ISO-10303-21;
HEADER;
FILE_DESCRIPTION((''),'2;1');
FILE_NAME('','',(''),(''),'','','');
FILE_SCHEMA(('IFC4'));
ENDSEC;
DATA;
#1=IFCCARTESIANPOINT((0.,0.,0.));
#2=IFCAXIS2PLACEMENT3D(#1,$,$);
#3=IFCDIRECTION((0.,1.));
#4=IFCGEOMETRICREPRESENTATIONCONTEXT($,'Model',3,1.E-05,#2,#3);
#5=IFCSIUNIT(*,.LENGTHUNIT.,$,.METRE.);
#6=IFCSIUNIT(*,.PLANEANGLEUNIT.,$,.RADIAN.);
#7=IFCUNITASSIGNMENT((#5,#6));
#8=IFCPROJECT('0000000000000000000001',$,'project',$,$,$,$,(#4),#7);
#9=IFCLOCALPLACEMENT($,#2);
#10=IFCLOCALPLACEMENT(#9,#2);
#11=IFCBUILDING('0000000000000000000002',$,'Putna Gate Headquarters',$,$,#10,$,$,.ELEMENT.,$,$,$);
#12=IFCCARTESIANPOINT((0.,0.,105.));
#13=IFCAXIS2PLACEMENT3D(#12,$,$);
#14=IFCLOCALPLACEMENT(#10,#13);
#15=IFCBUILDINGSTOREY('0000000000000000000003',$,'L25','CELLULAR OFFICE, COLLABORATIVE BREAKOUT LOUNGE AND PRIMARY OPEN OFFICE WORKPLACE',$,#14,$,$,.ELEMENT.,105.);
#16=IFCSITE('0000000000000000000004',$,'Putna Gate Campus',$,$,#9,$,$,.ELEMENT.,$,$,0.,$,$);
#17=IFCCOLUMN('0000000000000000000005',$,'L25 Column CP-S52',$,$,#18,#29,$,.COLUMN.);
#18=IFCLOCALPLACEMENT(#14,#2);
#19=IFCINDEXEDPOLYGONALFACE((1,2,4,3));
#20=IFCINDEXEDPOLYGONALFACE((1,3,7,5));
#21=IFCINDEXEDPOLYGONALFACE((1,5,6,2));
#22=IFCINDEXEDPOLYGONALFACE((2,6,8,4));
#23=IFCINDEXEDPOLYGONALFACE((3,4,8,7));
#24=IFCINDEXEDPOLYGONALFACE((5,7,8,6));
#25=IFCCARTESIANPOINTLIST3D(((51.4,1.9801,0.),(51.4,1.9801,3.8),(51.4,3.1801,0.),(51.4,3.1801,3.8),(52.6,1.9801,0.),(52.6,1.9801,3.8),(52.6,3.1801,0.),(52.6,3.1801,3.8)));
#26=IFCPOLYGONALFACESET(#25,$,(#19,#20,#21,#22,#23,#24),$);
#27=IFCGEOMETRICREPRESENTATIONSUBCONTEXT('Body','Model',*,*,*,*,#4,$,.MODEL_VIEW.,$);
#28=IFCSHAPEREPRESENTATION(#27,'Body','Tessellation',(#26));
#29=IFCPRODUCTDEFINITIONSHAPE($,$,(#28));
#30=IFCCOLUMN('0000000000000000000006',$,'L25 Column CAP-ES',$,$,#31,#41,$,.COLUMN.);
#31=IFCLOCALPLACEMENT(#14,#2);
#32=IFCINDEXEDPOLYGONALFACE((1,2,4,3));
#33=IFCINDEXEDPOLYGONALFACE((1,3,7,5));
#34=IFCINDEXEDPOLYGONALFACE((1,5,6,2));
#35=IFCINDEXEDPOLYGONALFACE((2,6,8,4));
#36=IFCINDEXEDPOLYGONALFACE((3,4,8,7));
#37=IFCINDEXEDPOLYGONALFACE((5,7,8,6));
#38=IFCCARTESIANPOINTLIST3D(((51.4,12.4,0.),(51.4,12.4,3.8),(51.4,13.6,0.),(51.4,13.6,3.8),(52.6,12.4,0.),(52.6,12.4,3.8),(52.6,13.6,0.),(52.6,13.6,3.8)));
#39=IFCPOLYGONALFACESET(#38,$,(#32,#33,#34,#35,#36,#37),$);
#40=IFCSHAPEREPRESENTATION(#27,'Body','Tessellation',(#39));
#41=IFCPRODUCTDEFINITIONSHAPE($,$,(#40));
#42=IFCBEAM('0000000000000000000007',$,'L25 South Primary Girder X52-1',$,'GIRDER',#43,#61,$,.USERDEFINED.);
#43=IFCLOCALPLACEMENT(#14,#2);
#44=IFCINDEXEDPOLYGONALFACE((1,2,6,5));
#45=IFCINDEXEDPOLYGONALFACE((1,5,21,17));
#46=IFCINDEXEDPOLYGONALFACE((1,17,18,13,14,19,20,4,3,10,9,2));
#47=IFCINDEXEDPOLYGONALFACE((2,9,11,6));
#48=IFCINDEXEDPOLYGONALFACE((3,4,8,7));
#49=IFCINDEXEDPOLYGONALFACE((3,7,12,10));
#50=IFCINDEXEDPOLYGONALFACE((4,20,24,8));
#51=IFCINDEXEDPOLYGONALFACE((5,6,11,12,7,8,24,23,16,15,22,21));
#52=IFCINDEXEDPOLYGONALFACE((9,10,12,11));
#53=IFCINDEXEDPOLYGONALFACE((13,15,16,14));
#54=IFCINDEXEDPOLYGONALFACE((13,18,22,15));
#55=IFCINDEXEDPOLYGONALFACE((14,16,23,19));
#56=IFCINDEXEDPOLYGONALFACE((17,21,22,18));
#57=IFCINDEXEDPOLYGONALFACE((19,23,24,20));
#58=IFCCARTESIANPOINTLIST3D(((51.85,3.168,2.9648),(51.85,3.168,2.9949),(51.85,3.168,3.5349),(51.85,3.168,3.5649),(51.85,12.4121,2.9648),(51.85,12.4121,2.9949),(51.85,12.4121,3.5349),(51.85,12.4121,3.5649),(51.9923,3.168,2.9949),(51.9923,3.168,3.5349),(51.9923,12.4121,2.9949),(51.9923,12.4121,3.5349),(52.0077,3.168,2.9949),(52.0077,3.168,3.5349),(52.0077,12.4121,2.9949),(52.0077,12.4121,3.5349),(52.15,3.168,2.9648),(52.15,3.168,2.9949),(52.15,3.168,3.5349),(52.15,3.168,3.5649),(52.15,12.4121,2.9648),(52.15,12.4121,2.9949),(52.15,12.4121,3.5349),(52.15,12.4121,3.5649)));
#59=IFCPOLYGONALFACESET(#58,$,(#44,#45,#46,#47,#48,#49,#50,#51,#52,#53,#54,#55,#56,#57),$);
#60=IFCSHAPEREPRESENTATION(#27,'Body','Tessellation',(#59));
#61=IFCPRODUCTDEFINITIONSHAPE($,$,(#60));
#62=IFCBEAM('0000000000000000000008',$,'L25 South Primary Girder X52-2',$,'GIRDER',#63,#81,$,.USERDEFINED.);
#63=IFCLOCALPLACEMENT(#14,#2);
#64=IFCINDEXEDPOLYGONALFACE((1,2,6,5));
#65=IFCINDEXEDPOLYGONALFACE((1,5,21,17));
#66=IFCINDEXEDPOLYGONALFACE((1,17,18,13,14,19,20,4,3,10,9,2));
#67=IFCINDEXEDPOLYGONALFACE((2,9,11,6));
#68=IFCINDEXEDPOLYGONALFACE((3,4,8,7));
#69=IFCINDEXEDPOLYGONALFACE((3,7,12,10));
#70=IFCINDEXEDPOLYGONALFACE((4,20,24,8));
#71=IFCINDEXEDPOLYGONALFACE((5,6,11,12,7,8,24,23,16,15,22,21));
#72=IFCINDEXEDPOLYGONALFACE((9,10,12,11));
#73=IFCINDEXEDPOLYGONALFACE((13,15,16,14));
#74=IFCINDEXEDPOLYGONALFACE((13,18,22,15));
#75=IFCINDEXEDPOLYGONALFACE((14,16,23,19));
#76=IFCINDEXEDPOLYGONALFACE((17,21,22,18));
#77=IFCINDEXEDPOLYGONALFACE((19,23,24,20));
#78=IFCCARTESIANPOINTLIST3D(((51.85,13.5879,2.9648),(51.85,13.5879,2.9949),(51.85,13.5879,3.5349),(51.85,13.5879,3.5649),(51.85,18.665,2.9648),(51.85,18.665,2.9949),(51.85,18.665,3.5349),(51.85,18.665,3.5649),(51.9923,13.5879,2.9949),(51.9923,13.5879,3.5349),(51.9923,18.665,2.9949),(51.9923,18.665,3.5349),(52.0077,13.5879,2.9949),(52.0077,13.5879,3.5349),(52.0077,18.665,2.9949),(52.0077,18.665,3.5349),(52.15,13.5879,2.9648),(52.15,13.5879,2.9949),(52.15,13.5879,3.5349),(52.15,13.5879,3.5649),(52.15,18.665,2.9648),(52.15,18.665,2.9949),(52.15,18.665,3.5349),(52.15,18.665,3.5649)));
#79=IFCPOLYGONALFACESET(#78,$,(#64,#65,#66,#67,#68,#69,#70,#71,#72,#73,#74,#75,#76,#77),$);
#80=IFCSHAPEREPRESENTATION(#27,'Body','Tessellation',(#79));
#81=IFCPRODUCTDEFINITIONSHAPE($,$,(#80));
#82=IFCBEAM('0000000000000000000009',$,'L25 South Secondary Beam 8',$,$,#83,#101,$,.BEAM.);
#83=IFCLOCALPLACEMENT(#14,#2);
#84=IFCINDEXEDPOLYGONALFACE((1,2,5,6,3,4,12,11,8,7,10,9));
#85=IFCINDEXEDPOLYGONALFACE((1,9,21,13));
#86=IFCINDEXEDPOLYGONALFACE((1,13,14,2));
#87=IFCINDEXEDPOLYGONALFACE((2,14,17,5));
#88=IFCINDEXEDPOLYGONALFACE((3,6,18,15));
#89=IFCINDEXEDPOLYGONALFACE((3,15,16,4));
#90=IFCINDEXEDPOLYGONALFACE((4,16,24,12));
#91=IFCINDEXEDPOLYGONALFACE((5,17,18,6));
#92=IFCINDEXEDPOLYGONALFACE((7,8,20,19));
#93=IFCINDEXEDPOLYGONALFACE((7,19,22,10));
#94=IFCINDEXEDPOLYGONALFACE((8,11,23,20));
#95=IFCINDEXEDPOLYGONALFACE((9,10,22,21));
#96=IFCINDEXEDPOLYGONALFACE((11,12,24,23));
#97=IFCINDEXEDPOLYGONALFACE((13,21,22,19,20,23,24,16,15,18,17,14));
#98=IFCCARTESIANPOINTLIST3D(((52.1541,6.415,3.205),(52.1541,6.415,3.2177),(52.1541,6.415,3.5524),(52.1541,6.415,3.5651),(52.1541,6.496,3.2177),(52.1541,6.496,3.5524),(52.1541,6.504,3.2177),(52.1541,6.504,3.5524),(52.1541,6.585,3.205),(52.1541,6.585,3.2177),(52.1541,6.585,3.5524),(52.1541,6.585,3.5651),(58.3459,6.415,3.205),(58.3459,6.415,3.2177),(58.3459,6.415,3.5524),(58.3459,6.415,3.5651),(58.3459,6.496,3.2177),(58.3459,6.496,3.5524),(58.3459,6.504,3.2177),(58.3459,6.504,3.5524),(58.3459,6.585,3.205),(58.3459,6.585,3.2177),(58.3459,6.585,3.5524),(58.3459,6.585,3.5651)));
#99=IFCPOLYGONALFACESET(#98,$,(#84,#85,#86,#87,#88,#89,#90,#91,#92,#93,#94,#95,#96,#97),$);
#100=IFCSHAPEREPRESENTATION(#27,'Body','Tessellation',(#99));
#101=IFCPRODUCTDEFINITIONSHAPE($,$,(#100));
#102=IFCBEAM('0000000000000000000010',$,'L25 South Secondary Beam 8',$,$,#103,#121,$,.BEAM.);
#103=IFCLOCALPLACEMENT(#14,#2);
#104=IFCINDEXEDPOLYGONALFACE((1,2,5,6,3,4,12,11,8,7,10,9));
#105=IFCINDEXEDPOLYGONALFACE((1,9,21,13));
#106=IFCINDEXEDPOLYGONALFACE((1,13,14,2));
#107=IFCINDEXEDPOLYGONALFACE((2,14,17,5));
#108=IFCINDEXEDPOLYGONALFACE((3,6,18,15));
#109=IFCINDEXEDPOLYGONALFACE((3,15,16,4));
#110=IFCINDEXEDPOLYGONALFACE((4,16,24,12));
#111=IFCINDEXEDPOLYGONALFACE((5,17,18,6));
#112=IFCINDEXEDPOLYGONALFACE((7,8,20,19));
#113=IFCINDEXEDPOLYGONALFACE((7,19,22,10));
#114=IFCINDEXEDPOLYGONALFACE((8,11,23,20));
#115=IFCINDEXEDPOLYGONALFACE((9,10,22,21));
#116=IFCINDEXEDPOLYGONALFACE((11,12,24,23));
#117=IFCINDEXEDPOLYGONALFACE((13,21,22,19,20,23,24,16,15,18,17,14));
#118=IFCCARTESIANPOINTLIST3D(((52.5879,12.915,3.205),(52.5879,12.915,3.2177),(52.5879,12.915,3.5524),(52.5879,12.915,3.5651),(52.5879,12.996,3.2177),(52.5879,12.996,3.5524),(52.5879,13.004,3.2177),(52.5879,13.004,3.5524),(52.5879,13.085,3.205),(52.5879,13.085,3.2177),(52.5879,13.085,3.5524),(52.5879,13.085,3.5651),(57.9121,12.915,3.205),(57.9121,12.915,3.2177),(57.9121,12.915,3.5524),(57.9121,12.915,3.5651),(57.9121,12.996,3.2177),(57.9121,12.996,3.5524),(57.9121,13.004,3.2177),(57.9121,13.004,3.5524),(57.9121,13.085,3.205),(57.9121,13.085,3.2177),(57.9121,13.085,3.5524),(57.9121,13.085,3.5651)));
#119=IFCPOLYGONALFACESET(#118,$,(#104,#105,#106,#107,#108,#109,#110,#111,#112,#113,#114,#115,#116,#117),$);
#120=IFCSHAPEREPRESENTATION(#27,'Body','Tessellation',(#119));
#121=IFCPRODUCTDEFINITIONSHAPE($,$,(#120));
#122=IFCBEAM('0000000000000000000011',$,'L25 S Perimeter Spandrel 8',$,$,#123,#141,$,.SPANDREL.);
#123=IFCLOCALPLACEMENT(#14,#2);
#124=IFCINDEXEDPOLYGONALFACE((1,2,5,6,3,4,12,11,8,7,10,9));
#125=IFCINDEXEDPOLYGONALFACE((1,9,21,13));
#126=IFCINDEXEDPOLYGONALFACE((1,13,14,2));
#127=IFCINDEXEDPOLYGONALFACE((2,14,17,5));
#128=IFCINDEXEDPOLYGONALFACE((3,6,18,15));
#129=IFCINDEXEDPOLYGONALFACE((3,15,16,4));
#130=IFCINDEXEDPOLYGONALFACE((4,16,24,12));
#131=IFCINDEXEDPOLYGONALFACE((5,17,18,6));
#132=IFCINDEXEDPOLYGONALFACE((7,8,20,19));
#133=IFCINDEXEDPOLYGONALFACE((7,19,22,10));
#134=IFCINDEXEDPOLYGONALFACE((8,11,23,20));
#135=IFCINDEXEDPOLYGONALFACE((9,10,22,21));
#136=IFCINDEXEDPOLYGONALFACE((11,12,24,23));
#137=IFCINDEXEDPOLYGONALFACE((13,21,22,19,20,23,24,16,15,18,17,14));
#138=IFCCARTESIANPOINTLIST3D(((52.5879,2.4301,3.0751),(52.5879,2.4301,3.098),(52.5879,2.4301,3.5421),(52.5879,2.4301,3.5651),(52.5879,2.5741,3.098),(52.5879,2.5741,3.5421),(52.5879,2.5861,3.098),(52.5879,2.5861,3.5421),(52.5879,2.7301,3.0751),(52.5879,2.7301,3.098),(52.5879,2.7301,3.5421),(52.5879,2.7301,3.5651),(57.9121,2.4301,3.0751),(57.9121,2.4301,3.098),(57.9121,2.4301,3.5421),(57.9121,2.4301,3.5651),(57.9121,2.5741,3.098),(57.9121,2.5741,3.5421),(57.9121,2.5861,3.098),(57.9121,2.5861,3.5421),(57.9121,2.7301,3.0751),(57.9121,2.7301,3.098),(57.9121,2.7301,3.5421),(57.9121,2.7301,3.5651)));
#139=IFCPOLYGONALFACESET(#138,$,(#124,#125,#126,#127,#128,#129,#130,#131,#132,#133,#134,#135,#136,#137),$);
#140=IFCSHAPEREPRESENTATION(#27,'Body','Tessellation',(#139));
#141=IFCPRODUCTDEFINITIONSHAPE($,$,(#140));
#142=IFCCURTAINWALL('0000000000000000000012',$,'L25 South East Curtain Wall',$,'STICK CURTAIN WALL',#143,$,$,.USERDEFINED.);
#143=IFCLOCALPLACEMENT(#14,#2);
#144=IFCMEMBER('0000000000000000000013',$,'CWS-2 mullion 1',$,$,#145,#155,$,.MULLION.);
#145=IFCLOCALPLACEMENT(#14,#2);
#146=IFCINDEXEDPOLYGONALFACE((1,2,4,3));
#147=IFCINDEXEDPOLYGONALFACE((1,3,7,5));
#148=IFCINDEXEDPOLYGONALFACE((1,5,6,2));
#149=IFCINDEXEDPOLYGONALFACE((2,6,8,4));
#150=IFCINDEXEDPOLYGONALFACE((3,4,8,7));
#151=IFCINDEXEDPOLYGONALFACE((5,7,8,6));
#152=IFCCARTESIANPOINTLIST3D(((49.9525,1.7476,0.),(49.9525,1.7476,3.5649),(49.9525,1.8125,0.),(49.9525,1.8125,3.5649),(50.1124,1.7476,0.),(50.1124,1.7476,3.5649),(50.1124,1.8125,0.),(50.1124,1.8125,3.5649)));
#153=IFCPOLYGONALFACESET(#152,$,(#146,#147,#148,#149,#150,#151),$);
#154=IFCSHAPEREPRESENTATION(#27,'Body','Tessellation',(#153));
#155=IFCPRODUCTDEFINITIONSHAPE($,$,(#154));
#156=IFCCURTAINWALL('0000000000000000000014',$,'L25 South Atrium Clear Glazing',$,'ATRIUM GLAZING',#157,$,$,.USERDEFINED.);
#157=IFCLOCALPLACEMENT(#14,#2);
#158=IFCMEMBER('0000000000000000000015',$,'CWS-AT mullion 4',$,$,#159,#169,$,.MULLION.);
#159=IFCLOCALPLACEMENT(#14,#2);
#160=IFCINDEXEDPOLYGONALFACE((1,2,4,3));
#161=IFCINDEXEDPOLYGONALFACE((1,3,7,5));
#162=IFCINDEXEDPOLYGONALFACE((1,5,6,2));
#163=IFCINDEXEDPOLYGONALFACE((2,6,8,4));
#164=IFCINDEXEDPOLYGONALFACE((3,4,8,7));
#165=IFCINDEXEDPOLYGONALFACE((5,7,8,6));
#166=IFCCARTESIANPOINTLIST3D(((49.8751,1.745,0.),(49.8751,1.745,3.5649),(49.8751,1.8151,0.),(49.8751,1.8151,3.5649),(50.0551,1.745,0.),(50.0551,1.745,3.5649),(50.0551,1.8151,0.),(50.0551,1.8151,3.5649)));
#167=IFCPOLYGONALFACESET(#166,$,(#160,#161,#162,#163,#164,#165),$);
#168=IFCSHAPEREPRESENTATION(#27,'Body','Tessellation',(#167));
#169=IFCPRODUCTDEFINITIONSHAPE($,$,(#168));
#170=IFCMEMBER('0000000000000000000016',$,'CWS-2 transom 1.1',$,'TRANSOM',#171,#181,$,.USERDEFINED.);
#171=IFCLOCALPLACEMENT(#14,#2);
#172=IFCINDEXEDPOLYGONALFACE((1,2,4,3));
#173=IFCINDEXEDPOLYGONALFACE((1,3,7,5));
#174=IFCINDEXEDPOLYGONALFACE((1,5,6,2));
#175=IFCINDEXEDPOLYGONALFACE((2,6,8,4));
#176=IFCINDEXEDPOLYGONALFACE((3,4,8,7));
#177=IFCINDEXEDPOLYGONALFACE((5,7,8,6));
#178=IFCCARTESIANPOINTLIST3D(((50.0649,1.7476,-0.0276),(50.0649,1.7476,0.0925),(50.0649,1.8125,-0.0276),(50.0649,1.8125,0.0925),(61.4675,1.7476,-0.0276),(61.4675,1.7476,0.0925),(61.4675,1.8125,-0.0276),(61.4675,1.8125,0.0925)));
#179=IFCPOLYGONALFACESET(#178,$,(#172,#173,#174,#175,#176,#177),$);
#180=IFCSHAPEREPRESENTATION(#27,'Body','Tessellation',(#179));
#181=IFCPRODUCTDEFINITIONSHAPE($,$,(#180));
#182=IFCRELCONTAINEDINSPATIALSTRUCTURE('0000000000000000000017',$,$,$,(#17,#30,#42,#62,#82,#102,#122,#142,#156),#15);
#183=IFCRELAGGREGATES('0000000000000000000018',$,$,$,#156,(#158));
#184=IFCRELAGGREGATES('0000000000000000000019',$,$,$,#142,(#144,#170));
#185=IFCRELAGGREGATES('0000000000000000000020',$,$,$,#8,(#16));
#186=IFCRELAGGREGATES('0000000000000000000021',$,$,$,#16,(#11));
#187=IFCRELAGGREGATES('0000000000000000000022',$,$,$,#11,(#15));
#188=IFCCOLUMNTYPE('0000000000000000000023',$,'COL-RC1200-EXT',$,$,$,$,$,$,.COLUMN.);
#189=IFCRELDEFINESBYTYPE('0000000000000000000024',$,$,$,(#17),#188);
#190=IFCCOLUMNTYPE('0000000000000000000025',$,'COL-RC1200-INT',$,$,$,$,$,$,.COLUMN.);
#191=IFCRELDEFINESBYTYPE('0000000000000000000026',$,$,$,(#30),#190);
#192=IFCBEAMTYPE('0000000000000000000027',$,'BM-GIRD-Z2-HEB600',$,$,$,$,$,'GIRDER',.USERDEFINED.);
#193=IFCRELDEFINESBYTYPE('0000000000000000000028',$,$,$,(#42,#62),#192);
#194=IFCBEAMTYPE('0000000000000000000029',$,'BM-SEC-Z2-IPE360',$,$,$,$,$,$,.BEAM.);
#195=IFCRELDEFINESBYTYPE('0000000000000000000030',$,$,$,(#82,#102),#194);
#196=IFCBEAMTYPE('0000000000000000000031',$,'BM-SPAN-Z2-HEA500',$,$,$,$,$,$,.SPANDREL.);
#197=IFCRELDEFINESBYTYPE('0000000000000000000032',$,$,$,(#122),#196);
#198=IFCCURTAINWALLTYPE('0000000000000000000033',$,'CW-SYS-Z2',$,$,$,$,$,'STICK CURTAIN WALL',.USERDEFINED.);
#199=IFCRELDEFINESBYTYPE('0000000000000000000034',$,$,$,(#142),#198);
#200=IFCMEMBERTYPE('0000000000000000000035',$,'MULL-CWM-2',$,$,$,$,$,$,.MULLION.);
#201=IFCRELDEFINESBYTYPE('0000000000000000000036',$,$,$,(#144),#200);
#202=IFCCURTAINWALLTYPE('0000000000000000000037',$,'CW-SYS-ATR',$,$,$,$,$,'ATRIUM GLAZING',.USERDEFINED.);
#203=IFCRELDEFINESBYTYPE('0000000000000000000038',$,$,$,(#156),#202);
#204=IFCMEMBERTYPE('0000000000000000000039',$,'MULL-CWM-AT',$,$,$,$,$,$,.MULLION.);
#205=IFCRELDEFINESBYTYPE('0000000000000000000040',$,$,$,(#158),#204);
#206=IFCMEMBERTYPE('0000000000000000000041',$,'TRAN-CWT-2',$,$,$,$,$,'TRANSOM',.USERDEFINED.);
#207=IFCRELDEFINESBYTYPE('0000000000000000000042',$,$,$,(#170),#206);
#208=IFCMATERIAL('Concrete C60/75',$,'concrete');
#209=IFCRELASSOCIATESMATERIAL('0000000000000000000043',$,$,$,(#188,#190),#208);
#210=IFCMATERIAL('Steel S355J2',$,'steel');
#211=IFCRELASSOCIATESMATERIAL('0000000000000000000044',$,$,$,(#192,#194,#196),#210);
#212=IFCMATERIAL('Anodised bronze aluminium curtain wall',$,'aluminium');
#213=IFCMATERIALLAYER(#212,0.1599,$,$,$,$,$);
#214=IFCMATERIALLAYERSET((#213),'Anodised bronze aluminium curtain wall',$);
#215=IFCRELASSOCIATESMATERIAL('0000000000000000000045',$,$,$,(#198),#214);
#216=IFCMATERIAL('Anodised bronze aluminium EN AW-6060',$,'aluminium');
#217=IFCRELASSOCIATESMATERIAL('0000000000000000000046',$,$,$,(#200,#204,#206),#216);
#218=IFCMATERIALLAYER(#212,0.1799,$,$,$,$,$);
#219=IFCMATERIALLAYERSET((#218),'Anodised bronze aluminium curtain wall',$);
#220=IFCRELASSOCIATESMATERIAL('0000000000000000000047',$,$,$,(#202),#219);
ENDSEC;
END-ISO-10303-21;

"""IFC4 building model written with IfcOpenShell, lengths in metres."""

from ifc_helpers import new_model, si_unit, direction, frame, origin, origin_2d, place, context, subcontext, project, spatial, rectangle, i_section, extrude, material, layer, layer_set, material_profile, profile_set, type_object, element, aggregate, save


model = new_model("IFC4")

# Units and contexts
model_context = context("Model", 3, precision=1e-05, world=origin(), true_north=direction((0.0, 1.0)))
body_context = subcontext(model_context, "Body", "Model", "MODEL_VIEW")
ifc_project = project(units=[si_unit("LENGTHUNIT", "METRE"), si_unit("PLANEANGLEUNIT", "RADIAN")], contexts=[model_context])

# Site, building, storey
site_placement = place(None, origin())
site = spatial("IfcSite", under=ifc_project, at=site_placement, Name="Putna Gate Campus", CompositionType="ELEMENT", RefElevation=0.0)
building_placement = place(site_placement, origin())
building = spatial("IfcBuilding", under=site, at=building_placement, Name="Putna Gate Headquarters", CompositionType="ELEMENT")
storey_placement = place(building_placement, frame((0.0, 0.0, 105.0)))
storey = spatial("IfcBuildingStorey", under=building, at=storey_placement, Name="L25", Description="CELLULAR OFFICE, COLLABORATIVE BREAKOUT LOUNGE AND PRIMARY OPEN OFFICE WORKPLACE", CompositionType="ELEMENT", Elevation=105.0)

# Columns
ifc_material_1 = material(Name="Concrete C60/75", Category="concrete")
ifc_material_profile_1 = material_profile(ifc_material_1, rectangle(XDim=1.2, YDim=1.2, at=origin_2d()), Name="Concrete C60/75")
ifc_profile_set_1 = profile_set([ifc_material_profile_1], Name="Concrete C60/75")
column_type_1 = type_object("IfcColumnType", Name="COL-RC1200-EXT", PredefinedType="COLUMN", material=ifc_profile_set_1)
column_1_placement = place(storey_placement, frame((52.0, 2.5801, 0.0), z_axis=(0.0, 0.0, 1.0), x_axis=(1.0, 0.0, 0.0)))
element("IfcColumn", 1, at=column_1_placement, inside=storey, type_object=column_type_1, Name="L25 Column CP-S52", PredefinedType="COLUMN", context=body_context, shape_type="SweptSolid", body=[
    extrude(rectangle(XDim=1.2, YDim=1.2, at=origin_2d()), origin(), (0.0, 0.0, 1.0), 3.8),
])
ifc_material_profile_2 = material_profile(ifc_material_1, rectangle(XDim=1.2, YDim=1.2, at=origin_2d()), Name="Concrete C60/75")
ifc_profile_set_2 = profile_set([ifc_material_profile_2], Name="Concrete C60/75")
column_type_2 = type_object("IfcColumnType", Name="COL-RC1200-INT", PredefinedType="COLUMN", material=ifc_profile_set_2)
column_2_placement = place(storey_placement, frame((52.0, 13.0, 0.0), z_axis=(0.0, 0.0, 1.0), x_axis=(1.0, 0.0, 0.0)))
element("IfcColumn", 2, at=column_2_placement, inside=storey, type_object=column_type_2, Name="L25 Column CAP-ES", PredefinedType="COLUMN", context=body_context, shape_type="SweptSolid", body=[
    extrude(rectangle(XDim=1.2, YDim=1.2, at=origin_2d()), origin(), (0.0, 0.0, 1.0), 3.8),
])

# Beams
ifc_material_2 = material(Name="Steel S355J2", Category="steel")
ifc_material_profile_3 = material_profile(ifc_material_2, i_section(OverallWidth=0.3, OverallDepth=0.6001, WebThickness=0.0154, FlangeThickness=0.03, at=origin_2d()), Name="Steel S355J2")
ifc_profile_set_3 = profile_set([ifc_material_profile_3], Name="Steel S355J2")
beam_type_1 = type_object("IfcBeamType", Name="BM-GIRD-Z2-HEB600", ElementType="GIRDER", PredefinedType="USERDEFINED", material=ifc_profile_set_3)
beam_1_placement = place(storey_placement, frame((52.0, 3.168, 3.2649), z_axis=(0.0, 1.0, 0.0), x_axis=(-1.0, 0.0, 0.0)))
element("IfcBeam", 3, at=beam_1_placement, inside=storey, type_object=beam_type_1, Name="L25 South Primary Girder X52-1", ObjectType="GIRDER", PredefinedType="USERDEFINED", context=body_context, shape_type="SweptSolid", body=[
    extrude(i_section(OverallWidth=0.3, OverallDepth=0.6001, WebThickness=0.0154, FlangeThickness=0.03, at=origin_2d()), origin(), (0.0, 0.0, 1.0), 9.2441),
])
beam_2_placement = place(storey_placement, frame((52.0, 13.5879, 3.2649), z_axis=(0.0, 1.0, 0.0), x_axis=(-1.0, 0.0, 0.0)))
element("IfcBeam", 4, at=beam_2_placement, inside=storey, type_object=beam_type_1, Name="L25 South Primary Girder X52-2", ObjectType="GIRDER", PredefinedType="USERDEFINED", context=body_context, shape_type="SweptSolid", body=[
    extrude(i_section(OverallWidth=0.3, OverallDepth=0.6001, WebThickness=0.0154, FlangeThickness=0.03, at=origin_2d()), origin(), (0.0, 0.0, 1.0), 5.0771),
])
ifc_material_profile_4 = material_profile(ifc_material_2, i_section(OverallWidth=0.1699, OverallDepth=0.3601, WebThickness=0.0081, FlangeThickness=0.0127, at=origin_2d()), Name="Steel S355J2")
ifc_profile_set_4 = profile_set([ifc_material_profile_4], Name="Steel S355J2")
beam_type_2 = type_object("IfcBeamType", Name="BM-SEC-Z2-IPE360", PredefinedType="BEAM", material=ifc_profile_set_4)
beam_3_placement = place(storey_placement, frame((52.1541, 6.5, 3.385), z_axis=(1.0, 0.0, 0.0), x_axis=(0.0, 1.0, 0.0)))
element("IfcBeam", 5, at=beam_3_placement, inside=storey, type_object=beam_type_2, Name="L25 South Secondary Beam 8", PredefinedType="BEAM", context=body_context, shape_type="SweptSolid", body=[
    extrude(i_section(OverallWidth=0.1699, OverallDepth=0.3601, WebThickness=0.0081, FlangeThickness=0.0127, at=origin_2d()), origin(), (0.0, 0.0, 1.0), 6.1919),
])
beam_4_placement = place(storey_placement, frame((52.5879, 13.0, 3.385), z_axis=(1.0, 0.0, 0.0), x_axis=(0.0, 1.0, 0.0)))
element("IfcBeam", 6, at=beam_4_placement, inside=storey, type_object=beam_type_2, Name="L25 South Secondary Beam 8", PredefinedType="BEAM", context=body_context, shape_type="SweptSolid", body=[
    extrude(i_section(OverallWidth=0.1699, OverallDepth=0.3601, WebThickness=0.0081, FlangeThickness=0.0127, at=origin_2d()), origin(), (0.0, 0.0, 1.0), 5.3242),
])
ifc_material_profile_5 = material_profile(ifc_material_2, i_section(OverallWidth=0.3, OverallDepth=0.49, WebThickness=0.012, FlangeThickness=0.0229, at=origin_2d()), Name="Steel S355J2")
ifc_profile_set_5 = profile_set([ifc_material_profile_5], Name="Steel S355J2")
beam_type_3 = type_object("IfcBeamType", Name="BM-SPAN-Z2-HEA500", PredefinedType="SPANDREL", material=ifc_profile_set_5)
beam_5_placement = place(storey_placement, frame((52.5879, 2.5801, 3.3201), z_axis=(1.0, 0.0, 0.0), x_axis=(0.0, 1.0, 0.0)))
element("IfcBeam", 7, at=beam_5_placement, inside=storey, type_object=beam_type_3, Name="L25 S Perimeter Spandrel 8", PredefinedType="SPANDREL", context=body_context, shape_type="SweptSolid", body=[
    extrude(i_section(OverallWidth=0.3, OverallDepth=0.49, WebThickness=0.012, FlangeThickness=0.0229, at=origin_2d()), origin(), (0.0, 0.0, 1.0), 5.3242),
])

# Curtain walls, members
ifc_material_3 = material(Name="Anodised bronze aluminium curtain wall", Category="aluminium")
ifc_layer_1 = layer(ifc_material_3, 0.1599)
ifc_layer_set_1 = layer_set([ifc_layer_1], Name="Anodised bronze aluminium curtain wall")
curtain_wall_type_1 = type_object("IfcCurtainWallType", Name="CW-SYS-Z2", ElementType="STICK CURTAIN WALL", PredefinedType="USERDEFINED", material=ifc_layer_set_1)
curtain_wall_1_placement = place(storey_placement, origin())
curtain_wall_1 = element("IfcCurtainWall", 8, at=curtain_wall_1_placement, inside=storey, type_object=curtain_wall_type_1, Name="L25 South East Curtain Wall", ObjectType="STICK CURTAIN WALL", PredefinedType="USERDEFINED")
ifc_material_4 = material(Name="Anodised bronze aluminium EN AW-6060", Category="aluminium")
ifc_material_profile_6 = material_profile(ifc_material_4, rectangle(XDim=0.0649, YDim=0.1599, at=origin_2d()), Name="Anodised bronze aluminium EN AW-6060")
ifc_profile_set_6 = profile_set([ifc_material_profile_6], Name="Anodised bronze aluminium EN AW-6060")
member_type_1 = type_object("IfcMemberType", Name="MULL-CWM-2", PredefinedType="MULLION", material=ifc_profile_set_6)
member_1_placement = place(storey_placement, frame((50.0325, 1.78, 0.0), z_axis=(0.0, 0.0, 1.0), x_axis=(0.0, 1.0, 0.0)))
member_1 = element("IfcMember", 9, at=member_1_placement, type_object=member_type_1, Name="CWS-2 mullion 1", PredefinedType="MULLION", context=body_context, shape_type="SweptSolid", body=[
    extrude(rectangle(XDim=0.0649, YDim=0.1599, at=origin_2d()), origin(), (0.0, 0.0, 1.0), 3.5649),
])
ifc_layer_2 = layer(ifc_material_3, 0.1799)
ifc_layer_set_2 = layer_set([ifc_layer_2], Name="Anodised bronze aluminium curtain wall")
curtain_wall_type_2 = type_object("IfcCurtainWallType", Name="CW-SYS-ATR", ElementType="ATRIUM GLAZING", PredefinedType="USERDEFINED", material=ifc_layer_set_2)
curtain_wall_2_placement = place(storey_placement, origin())
curtain_wall_2 = element("IfcCurtainWall", 10, at=curtain_wall_2_placement, inside=storey, type_object=curtain_wall_type_2, Name="L25 South Atrium Clear Glazing", ObjectType="ATRIUM GLAZING", PredefinedType="USERDEFINED")
ifc_material_profile_7 = material_profile(ifc_material_4, rectangle(XDim=0.0701, YDim=0.1799, at=origin_2d()), Name="Anodised bronze aluminium EN AW-6060")
ifc_profile_set_7 = profile_set([ifc_material_profile_7], Name="Anodised bronze aluminium EN AW-6060")
member_type_2 = type_object("IfcMemberType", Name="MULL-CWM-AT", PredefinedType="MULLION", material=ifc_profile_set_7)
member_2_placement = place(storey_placement, frame((49.9651, 1.78, 0.0), z_axis=(0.0, 0.0, 1.0), x_axis=(0.0, 1.0, 0.0)))
member_2 = element("IfcMember", 11, at=member_2_placement, type_object=member_type_2, Name="CWS-AT mullion 4", PredefinedType="MULLION", context=body_context, shape_type="SweptSolid", body=[
    extrude(rectangle(XDim=0.0701, YDim=0.1799, at=origin_2d()), origin(), (0.0, 0.0, 1.0), 3.5649),
])
aggregate(curtain_wall_2, [member_2])

# Member
ifc_material_profile_8 = material_profile(ifc_material_4, rectangle(XDim=0.0649, YDim=0.1201, at=origin_2d()), Name="Anodised bronze aluminium EN AW-6060")
ifc_profile_set_8 = profile_set([ifc_material_profile_8], Name="Anodised bronze aluminium EN AW-6060")
member_type_3 = type_object("IfcMemberType", Name="TRAN-CWT-2", ElementType="TRANSOM", PredefinedType="USERDEFINED", material=ifc_profile_set_8)
member_3_placement = place(storey_placement, frame((50.0649, 1.78, 0.0325), z_axis=(1.0, 0.0, 0.0), x_axis=(0.0, 1.0, 0.0)))
member_3 = element("IfcMember", 12, at=member_3_placement, type_object=member_type_3, Name="CWS-2 transom 1.1", ObjectType="TRANSOM", PredefinedType="USERDEFINED", context=body_context, shape_type="SweptSolid", body=[
    extrude(rectangle(XDim=0.0649, YDim=0.1201, at=origin_2d()), origin(), (0.0, 0.0, 1.0), 11.4026),
])

aggregate(curtain_wall_1, [member_1, member_3])

save(model, "model.ifc")
